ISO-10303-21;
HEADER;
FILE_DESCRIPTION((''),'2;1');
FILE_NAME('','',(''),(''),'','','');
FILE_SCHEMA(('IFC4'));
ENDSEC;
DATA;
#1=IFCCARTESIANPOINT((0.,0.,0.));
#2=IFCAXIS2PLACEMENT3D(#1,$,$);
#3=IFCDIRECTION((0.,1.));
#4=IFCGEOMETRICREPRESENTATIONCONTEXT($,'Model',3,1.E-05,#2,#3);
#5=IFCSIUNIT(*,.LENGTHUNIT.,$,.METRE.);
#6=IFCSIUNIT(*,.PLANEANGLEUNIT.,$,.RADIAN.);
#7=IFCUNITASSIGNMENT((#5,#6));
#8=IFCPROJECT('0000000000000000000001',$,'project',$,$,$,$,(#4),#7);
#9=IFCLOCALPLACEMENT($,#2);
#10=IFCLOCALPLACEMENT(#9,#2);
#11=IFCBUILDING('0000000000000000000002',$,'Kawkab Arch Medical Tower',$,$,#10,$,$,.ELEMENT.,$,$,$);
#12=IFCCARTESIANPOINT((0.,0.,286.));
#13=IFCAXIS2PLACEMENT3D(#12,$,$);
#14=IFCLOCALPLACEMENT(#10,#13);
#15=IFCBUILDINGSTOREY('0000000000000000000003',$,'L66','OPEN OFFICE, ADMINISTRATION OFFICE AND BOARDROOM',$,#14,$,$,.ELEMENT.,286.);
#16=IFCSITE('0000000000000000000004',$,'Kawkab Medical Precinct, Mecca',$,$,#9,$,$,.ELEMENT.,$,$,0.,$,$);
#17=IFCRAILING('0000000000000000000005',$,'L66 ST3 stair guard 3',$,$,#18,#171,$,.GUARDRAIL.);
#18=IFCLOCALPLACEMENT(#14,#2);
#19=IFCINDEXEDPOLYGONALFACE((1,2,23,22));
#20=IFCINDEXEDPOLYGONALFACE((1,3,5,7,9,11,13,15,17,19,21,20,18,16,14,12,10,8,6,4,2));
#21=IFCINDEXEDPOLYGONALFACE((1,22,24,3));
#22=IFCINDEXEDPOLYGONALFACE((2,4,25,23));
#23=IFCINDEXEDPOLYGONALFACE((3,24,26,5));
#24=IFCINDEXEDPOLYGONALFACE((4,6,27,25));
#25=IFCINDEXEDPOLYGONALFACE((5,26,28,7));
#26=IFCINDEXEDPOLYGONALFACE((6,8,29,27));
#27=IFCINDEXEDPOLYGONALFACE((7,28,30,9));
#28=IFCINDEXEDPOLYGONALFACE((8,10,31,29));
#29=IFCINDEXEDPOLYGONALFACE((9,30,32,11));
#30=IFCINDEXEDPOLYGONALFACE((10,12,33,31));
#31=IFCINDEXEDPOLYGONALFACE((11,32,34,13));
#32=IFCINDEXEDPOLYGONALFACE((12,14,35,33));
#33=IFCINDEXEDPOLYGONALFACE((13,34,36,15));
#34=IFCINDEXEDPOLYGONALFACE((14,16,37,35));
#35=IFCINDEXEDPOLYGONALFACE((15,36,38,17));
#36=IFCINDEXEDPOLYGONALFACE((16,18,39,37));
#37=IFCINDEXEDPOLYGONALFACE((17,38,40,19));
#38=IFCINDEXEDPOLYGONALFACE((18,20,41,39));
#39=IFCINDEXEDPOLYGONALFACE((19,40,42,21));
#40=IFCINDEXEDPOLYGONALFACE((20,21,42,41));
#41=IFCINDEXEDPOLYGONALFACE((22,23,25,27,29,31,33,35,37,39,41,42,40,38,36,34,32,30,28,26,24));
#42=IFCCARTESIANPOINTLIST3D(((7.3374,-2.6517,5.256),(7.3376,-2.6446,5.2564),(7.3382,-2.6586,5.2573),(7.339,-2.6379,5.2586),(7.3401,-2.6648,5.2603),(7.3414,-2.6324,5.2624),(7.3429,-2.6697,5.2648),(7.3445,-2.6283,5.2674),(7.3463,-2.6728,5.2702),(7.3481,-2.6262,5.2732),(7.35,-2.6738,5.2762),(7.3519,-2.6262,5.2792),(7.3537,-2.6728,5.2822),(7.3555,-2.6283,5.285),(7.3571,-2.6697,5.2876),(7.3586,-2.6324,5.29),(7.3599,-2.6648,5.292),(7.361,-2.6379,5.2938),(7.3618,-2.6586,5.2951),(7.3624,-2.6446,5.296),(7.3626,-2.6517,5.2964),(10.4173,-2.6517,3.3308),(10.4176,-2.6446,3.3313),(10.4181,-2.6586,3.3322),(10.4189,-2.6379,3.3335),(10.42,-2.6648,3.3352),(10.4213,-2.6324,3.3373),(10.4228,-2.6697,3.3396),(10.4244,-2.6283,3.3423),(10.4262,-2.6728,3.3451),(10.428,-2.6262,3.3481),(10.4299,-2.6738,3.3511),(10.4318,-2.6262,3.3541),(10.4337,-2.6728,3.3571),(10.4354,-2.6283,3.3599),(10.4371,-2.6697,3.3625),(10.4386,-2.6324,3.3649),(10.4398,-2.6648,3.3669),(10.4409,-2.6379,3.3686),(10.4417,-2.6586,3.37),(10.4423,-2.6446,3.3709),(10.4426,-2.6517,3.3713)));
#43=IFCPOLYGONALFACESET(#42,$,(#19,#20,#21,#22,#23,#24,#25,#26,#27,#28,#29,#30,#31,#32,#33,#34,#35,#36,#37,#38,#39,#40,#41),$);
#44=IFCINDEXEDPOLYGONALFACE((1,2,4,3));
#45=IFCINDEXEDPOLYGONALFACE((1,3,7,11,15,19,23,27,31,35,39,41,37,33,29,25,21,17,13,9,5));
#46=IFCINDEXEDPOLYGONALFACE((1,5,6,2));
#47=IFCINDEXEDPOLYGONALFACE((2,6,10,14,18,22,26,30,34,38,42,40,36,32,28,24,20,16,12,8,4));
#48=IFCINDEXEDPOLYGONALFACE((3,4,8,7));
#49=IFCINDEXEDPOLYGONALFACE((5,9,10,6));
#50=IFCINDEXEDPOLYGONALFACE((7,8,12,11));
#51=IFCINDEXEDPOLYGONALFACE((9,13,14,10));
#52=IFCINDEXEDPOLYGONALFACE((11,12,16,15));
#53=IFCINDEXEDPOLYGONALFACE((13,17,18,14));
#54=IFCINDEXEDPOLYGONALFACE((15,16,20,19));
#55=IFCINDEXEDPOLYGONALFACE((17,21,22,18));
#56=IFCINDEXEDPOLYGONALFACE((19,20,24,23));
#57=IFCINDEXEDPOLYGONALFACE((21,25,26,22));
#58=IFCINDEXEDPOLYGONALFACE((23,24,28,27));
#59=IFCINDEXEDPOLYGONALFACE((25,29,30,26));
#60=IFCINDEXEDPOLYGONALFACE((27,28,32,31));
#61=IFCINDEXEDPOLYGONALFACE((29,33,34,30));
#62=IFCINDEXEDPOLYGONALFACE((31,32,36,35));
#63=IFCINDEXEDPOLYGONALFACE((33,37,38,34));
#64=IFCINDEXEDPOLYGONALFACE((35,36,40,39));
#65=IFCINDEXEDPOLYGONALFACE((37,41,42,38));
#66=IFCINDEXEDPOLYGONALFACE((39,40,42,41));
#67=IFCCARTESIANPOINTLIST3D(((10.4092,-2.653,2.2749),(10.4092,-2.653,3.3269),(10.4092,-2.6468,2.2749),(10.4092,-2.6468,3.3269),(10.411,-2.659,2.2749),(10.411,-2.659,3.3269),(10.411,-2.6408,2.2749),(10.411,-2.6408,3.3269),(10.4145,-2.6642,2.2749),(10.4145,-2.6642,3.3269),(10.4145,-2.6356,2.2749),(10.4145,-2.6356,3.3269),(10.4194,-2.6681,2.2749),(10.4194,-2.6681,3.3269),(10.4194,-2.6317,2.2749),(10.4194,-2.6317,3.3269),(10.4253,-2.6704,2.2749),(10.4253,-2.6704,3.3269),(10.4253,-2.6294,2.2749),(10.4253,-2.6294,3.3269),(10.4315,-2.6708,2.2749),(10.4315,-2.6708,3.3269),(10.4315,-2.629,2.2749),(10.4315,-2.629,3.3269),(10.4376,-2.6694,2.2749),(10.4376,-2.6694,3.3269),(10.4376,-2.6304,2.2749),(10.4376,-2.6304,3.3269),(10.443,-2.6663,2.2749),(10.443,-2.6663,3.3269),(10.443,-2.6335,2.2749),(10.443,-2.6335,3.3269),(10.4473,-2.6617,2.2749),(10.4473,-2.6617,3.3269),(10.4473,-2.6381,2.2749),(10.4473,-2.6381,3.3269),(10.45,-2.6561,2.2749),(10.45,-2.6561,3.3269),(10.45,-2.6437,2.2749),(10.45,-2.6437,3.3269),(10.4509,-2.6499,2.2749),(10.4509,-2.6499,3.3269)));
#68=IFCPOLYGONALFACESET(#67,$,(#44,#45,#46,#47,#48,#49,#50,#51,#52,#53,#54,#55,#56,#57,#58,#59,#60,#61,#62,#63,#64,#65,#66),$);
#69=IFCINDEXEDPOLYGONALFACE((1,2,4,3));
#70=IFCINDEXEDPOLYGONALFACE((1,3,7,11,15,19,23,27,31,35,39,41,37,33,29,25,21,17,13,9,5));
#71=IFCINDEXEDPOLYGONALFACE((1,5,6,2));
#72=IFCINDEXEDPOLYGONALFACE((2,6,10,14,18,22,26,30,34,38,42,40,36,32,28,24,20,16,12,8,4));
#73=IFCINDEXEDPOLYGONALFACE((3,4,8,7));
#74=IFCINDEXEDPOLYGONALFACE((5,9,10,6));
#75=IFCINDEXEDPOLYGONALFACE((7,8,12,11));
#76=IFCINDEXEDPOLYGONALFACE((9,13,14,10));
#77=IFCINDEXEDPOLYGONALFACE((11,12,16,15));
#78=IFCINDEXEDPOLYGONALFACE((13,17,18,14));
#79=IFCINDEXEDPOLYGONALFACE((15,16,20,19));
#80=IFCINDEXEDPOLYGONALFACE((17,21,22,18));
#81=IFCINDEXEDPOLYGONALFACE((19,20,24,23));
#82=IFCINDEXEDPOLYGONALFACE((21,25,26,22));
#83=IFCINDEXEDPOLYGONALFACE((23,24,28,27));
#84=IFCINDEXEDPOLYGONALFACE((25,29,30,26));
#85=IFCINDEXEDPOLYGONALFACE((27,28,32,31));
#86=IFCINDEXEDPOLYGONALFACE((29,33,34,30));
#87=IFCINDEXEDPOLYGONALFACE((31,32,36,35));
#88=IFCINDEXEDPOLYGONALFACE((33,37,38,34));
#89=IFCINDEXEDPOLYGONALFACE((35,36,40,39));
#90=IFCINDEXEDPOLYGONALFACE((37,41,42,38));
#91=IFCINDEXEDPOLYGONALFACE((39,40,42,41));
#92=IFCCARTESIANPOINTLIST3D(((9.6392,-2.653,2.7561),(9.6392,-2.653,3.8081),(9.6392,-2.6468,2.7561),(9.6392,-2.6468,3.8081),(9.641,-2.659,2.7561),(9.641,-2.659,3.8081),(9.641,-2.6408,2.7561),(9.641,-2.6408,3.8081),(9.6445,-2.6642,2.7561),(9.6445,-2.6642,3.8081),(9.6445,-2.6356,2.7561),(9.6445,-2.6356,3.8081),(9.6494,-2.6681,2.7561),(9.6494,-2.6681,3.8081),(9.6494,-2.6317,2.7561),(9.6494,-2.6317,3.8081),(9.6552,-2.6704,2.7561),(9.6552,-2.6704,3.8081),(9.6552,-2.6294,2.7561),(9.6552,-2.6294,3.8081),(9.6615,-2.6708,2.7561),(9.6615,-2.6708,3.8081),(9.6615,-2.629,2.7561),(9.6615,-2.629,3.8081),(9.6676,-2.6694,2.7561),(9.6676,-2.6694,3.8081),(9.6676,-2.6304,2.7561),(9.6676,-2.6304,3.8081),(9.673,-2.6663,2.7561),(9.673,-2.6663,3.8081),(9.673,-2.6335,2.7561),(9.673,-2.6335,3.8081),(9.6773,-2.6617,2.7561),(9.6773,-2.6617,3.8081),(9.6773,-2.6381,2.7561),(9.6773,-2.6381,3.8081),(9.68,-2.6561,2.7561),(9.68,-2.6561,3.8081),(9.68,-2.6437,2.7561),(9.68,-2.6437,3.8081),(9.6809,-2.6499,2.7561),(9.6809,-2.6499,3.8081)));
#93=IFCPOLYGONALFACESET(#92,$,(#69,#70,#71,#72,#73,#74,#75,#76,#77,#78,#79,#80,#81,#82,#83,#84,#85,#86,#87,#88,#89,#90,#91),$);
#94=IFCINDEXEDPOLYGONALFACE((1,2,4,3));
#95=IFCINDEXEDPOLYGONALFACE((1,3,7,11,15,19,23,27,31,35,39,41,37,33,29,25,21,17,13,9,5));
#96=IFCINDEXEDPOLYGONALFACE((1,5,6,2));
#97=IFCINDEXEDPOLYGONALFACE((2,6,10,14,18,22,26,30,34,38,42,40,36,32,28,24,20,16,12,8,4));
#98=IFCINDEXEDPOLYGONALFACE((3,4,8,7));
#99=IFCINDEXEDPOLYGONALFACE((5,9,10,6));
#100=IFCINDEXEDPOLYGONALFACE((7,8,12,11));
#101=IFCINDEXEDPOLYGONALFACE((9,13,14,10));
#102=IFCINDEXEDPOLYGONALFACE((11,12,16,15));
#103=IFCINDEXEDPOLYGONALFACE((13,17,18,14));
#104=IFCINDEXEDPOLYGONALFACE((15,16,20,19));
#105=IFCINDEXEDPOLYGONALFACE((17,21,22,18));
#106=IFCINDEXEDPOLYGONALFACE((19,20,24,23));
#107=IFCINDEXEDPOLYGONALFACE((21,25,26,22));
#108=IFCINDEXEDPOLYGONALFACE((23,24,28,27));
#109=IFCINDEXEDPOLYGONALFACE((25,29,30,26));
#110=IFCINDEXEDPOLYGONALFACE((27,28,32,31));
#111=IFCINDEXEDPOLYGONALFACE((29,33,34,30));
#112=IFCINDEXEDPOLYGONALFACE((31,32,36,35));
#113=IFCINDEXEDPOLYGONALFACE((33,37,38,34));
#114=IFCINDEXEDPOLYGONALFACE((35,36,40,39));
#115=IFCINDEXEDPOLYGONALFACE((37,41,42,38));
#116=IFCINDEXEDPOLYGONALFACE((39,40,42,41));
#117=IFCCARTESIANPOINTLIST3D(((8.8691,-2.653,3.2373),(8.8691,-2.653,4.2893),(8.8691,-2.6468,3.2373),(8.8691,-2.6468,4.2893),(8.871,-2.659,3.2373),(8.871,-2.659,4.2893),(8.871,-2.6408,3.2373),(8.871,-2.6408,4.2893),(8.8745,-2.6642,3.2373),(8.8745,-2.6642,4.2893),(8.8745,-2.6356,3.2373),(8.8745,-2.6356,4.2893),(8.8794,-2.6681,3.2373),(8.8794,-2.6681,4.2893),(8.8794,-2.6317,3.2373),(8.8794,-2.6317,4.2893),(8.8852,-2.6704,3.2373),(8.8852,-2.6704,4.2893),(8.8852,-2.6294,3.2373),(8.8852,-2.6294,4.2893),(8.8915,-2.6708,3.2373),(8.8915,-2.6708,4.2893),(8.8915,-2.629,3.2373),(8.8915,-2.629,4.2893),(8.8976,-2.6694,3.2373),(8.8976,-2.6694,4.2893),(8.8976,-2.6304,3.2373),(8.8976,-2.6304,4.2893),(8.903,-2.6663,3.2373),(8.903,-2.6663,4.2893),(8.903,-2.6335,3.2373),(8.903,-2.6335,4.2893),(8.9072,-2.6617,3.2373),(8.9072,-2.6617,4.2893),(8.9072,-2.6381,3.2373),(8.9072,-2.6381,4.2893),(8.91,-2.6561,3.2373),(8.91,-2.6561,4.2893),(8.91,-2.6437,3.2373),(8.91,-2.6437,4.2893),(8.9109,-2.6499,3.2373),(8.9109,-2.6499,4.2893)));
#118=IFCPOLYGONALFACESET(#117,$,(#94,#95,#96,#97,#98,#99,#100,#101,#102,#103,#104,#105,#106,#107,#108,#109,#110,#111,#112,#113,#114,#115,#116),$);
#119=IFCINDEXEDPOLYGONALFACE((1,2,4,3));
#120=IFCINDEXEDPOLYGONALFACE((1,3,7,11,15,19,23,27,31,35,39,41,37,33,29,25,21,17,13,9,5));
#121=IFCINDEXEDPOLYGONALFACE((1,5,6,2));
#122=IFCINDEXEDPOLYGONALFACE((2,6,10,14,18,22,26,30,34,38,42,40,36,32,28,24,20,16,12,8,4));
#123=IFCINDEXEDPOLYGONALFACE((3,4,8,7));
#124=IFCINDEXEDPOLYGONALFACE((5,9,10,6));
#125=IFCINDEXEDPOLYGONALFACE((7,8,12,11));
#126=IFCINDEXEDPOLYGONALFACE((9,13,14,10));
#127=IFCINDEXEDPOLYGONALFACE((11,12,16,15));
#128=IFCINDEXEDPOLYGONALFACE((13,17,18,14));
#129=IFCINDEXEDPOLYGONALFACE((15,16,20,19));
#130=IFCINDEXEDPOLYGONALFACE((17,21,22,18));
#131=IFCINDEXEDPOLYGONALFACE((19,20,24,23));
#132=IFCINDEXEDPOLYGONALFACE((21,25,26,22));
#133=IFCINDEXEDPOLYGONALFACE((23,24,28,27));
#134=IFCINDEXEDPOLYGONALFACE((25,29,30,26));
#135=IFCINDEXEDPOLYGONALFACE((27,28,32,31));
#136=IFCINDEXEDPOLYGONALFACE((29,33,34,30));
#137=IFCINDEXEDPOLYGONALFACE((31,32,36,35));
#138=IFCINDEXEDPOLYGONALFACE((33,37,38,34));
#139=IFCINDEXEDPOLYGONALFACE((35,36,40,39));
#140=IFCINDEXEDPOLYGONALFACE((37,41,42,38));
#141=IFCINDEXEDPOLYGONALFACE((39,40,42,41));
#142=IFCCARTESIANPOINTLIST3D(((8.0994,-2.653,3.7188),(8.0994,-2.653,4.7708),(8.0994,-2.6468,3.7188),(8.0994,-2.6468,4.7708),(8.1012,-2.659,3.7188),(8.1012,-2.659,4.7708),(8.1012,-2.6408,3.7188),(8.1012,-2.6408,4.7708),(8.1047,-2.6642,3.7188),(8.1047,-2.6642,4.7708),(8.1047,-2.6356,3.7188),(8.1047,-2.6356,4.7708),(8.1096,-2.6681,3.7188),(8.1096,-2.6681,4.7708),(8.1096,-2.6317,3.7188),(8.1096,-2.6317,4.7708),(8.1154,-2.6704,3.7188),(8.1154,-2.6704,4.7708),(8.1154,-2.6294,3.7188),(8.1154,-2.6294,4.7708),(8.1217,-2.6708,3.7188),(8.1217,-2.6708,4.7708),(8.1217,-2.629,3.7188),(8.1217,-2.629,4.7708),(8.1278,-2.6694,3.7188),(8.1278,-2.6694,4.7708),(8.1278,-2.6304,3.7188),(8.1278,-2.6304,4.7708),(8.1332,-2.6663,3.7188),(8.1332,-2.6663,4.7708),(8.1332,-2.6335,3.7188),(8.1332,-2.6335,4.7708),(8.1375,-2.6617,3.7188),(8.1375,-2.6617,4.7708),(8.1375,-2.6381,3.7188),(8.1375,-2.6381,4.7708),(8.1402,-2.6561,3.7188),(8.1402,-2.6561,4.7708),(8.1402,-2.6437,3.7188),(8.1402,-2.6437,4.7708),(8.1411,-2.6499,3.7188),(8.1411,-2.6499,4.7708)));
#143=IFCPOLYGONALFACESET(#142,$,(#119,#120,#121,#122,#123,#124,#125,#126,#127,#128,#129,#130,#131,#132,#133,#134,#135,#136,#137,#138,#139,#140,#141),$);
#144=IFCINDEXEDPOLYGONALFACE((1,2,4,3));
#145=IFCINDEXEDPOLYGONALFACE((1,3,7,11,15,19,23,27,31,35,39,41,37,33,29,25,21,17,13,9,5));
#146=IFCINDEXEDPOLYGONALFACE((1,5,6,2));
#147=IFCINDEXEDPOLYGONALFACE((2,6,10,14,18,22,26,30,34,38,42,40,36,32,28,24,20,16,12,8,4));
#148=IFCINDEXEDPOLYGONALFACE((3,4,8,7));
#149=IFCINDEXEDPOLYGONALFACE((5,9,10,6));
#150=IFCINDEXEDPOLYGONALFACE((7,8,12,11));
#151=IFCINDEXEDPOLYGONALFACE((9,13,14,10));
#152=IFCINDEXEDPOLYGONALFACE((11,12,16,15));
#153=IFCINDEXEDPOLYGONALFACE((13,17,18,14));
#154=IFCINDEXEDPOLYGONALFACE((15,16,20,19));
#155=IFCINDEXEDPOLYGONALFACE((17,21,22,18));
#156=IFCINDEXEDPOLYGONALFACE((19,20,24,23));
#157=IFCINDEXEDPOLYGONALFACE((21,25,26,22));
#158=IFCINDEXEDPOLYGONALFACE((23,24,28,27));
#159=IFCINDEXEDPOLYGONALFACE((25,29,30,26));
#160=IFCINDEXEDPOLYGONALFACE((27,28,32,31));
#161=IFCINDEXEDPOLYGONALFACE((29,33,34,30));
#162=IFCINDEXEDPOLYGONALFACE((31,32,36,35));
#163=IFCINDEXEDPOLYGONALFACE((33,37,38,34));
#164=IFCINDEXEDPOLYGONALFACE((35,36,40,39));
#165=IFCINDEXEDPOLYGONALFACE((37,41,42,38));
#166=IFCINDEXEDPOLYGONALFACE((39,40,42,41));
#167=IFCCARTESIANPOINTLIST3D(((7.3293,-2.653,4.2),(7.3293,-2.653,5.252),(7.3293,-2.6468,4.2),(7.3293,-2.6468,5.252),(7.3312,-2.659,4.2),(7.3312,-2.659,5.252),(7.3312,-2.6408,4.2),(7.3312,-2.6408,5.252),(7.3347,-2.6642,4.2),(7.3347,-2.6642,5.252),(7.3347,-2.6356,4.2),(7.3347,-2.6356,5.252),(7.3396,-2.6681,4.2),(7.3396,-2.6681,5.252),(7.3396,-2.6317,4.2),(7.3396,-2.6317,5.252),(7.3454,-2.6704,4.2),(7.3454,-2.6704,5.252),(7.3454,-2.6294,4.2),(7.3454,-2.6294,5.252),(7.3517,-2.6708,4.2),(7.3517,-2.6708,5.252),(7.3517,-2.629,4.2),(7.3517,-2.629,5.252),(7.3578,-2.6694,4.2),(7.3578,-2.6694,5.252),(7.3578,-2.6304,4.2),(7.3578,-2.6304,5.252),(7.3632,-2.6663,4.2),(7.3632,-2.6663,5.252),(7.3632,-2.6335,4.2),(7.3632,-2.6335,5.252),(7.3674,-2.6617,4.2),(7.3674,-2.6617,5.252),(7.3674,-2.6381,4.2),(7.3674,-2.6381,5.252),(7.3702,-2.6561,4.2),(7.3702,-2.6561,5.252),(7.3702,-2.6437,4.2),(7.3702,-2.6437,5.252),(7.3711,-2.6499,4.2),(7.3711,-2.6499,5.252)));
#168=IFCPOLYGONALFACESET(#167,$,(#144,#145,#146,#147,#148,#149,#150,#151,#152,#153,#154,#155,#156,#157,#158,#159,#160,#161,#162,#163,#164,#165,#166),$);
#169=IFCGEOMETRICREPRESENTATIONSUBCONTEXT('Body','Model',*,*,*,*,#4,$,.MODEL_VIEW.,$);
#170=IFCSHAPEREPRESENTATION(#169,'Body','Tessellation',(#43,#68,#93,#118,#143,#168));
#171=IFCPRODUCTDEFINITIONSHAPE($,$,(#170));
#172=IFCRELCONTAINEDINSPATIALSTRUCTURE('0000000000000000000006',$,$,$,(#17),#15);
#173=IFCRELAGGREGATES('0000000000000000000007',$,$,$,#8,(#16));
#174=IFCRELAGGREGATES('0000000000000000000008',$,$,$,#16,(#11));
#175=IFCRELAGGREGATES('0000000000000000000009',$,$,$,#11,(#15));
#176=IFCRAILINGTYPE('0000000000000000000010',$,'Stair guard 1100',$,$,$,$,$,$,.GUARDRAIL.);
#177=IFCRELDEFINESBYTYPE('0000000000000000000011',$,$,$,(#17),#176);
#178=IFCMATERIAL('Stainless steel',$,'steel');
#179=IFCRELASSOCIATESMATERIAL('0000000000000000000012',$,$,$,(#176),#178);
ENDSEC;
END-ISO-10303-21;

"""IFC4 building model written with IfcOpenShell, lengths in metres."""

from ifc_helpers import new_model, si_unit, direction, frame, origin, origin_2d, place, context, subcontext, project, spatial, circle, extrude, material, type_object, element, save


model = new_model("IFC4")

# Units and contexts
model_context = context("Model", 3, precision=1e-05, world=origin(), true_north=direction((0.0, 1.0)))
body_context = subcontext(model_context, "Body", "Model", "MODEL_VIEW")
ifc_project = project(units=[si_unit("LENGTHUNIT", "METRE"), si_unit("PLANEANGLEUNIT", "RADIAN")], contexts=[model_context])

# Site, building, storey
site_placement = place(None, origin())
site = spatial("IfcSite", under=ifc_project, at=site_placement, Name="Kawkab Medical Precinct, Mecca", CompositionType="ELEMENT", RefElevation=0.0)
building_placement = place(site_placement, origin())
building = spatial("IfcBuilding", under=site, at=building_placement, Name="Kawkab Arch Medical Tower", CompositionType="ELEMENT")
storey_placement = place(building_placement, frame((0.0, 0.0, 286.0)))
storey = spatial("IfcBuildingStorey", under=building, at=storey_placement, Name="L66", Description="OPEN OFFICE, ADMINISTRATION OFFICE AND BOARDROOM", CompositionType="ELEMENT", Elevation=286.0)

# Railing
ifc_material_1 = material(Name="Stainless steel", Category="steel")
railing_type = type_object("IfcRailingType", Name="Stair guard 1100", PredefinedType="GUARDRAIL", material=ifc_material_1)
railing_1_placement = place(storey_placement, frame((10.4299, -2.6499, 2.2749)))
element("IfcRailing", 1, at=railing_1_placement, inside=storey, type_object=railing_type, Name="L66 ST3 stair guard 3", PredefinedType="GUARDRAIL", context=body_context, shape_type="SweptSolid", body=[
    extrude(circle(Radius=0.0239, at=origin_2d()), frame((0.0, 0.0, 1.0762), z_axis=(-0.847979, 0.0, 0.530029), x_axis=(0.0, -1.0, 0.0)), (0.0, 0.0, 1.0), 3.6321),
    extrude(circle(Radius=0.021, at=origin_2d()), origin(), (0.0, 0.0, 1.0), 1.052),
    extrude(circle(Radius=0.021, at=origin_2d()), frame((-0.77, 0.0, 0.4812)), (0.0, 0.0, 1.0), 1.052),
    extrude(circle(Radius=0.021, at=origin_2d()), frame((-1.54, 0.0, 0.9624)), (0.0, 0.0, 1.0), 1.052),
    extrude(circle(Radius=0.021, at=origin_2d()), frame((-2.3098, 0.0, 1.4438)), (0.0, 0.0, 1.0), 1.052),
    extrude(circle(Radius=0.021, at=origin_2d()), frame((-3.0798, 0.0, 1.925)), (0.0, 0.0, 1.0), 1.052),
])

save(model, "model.ifc")
